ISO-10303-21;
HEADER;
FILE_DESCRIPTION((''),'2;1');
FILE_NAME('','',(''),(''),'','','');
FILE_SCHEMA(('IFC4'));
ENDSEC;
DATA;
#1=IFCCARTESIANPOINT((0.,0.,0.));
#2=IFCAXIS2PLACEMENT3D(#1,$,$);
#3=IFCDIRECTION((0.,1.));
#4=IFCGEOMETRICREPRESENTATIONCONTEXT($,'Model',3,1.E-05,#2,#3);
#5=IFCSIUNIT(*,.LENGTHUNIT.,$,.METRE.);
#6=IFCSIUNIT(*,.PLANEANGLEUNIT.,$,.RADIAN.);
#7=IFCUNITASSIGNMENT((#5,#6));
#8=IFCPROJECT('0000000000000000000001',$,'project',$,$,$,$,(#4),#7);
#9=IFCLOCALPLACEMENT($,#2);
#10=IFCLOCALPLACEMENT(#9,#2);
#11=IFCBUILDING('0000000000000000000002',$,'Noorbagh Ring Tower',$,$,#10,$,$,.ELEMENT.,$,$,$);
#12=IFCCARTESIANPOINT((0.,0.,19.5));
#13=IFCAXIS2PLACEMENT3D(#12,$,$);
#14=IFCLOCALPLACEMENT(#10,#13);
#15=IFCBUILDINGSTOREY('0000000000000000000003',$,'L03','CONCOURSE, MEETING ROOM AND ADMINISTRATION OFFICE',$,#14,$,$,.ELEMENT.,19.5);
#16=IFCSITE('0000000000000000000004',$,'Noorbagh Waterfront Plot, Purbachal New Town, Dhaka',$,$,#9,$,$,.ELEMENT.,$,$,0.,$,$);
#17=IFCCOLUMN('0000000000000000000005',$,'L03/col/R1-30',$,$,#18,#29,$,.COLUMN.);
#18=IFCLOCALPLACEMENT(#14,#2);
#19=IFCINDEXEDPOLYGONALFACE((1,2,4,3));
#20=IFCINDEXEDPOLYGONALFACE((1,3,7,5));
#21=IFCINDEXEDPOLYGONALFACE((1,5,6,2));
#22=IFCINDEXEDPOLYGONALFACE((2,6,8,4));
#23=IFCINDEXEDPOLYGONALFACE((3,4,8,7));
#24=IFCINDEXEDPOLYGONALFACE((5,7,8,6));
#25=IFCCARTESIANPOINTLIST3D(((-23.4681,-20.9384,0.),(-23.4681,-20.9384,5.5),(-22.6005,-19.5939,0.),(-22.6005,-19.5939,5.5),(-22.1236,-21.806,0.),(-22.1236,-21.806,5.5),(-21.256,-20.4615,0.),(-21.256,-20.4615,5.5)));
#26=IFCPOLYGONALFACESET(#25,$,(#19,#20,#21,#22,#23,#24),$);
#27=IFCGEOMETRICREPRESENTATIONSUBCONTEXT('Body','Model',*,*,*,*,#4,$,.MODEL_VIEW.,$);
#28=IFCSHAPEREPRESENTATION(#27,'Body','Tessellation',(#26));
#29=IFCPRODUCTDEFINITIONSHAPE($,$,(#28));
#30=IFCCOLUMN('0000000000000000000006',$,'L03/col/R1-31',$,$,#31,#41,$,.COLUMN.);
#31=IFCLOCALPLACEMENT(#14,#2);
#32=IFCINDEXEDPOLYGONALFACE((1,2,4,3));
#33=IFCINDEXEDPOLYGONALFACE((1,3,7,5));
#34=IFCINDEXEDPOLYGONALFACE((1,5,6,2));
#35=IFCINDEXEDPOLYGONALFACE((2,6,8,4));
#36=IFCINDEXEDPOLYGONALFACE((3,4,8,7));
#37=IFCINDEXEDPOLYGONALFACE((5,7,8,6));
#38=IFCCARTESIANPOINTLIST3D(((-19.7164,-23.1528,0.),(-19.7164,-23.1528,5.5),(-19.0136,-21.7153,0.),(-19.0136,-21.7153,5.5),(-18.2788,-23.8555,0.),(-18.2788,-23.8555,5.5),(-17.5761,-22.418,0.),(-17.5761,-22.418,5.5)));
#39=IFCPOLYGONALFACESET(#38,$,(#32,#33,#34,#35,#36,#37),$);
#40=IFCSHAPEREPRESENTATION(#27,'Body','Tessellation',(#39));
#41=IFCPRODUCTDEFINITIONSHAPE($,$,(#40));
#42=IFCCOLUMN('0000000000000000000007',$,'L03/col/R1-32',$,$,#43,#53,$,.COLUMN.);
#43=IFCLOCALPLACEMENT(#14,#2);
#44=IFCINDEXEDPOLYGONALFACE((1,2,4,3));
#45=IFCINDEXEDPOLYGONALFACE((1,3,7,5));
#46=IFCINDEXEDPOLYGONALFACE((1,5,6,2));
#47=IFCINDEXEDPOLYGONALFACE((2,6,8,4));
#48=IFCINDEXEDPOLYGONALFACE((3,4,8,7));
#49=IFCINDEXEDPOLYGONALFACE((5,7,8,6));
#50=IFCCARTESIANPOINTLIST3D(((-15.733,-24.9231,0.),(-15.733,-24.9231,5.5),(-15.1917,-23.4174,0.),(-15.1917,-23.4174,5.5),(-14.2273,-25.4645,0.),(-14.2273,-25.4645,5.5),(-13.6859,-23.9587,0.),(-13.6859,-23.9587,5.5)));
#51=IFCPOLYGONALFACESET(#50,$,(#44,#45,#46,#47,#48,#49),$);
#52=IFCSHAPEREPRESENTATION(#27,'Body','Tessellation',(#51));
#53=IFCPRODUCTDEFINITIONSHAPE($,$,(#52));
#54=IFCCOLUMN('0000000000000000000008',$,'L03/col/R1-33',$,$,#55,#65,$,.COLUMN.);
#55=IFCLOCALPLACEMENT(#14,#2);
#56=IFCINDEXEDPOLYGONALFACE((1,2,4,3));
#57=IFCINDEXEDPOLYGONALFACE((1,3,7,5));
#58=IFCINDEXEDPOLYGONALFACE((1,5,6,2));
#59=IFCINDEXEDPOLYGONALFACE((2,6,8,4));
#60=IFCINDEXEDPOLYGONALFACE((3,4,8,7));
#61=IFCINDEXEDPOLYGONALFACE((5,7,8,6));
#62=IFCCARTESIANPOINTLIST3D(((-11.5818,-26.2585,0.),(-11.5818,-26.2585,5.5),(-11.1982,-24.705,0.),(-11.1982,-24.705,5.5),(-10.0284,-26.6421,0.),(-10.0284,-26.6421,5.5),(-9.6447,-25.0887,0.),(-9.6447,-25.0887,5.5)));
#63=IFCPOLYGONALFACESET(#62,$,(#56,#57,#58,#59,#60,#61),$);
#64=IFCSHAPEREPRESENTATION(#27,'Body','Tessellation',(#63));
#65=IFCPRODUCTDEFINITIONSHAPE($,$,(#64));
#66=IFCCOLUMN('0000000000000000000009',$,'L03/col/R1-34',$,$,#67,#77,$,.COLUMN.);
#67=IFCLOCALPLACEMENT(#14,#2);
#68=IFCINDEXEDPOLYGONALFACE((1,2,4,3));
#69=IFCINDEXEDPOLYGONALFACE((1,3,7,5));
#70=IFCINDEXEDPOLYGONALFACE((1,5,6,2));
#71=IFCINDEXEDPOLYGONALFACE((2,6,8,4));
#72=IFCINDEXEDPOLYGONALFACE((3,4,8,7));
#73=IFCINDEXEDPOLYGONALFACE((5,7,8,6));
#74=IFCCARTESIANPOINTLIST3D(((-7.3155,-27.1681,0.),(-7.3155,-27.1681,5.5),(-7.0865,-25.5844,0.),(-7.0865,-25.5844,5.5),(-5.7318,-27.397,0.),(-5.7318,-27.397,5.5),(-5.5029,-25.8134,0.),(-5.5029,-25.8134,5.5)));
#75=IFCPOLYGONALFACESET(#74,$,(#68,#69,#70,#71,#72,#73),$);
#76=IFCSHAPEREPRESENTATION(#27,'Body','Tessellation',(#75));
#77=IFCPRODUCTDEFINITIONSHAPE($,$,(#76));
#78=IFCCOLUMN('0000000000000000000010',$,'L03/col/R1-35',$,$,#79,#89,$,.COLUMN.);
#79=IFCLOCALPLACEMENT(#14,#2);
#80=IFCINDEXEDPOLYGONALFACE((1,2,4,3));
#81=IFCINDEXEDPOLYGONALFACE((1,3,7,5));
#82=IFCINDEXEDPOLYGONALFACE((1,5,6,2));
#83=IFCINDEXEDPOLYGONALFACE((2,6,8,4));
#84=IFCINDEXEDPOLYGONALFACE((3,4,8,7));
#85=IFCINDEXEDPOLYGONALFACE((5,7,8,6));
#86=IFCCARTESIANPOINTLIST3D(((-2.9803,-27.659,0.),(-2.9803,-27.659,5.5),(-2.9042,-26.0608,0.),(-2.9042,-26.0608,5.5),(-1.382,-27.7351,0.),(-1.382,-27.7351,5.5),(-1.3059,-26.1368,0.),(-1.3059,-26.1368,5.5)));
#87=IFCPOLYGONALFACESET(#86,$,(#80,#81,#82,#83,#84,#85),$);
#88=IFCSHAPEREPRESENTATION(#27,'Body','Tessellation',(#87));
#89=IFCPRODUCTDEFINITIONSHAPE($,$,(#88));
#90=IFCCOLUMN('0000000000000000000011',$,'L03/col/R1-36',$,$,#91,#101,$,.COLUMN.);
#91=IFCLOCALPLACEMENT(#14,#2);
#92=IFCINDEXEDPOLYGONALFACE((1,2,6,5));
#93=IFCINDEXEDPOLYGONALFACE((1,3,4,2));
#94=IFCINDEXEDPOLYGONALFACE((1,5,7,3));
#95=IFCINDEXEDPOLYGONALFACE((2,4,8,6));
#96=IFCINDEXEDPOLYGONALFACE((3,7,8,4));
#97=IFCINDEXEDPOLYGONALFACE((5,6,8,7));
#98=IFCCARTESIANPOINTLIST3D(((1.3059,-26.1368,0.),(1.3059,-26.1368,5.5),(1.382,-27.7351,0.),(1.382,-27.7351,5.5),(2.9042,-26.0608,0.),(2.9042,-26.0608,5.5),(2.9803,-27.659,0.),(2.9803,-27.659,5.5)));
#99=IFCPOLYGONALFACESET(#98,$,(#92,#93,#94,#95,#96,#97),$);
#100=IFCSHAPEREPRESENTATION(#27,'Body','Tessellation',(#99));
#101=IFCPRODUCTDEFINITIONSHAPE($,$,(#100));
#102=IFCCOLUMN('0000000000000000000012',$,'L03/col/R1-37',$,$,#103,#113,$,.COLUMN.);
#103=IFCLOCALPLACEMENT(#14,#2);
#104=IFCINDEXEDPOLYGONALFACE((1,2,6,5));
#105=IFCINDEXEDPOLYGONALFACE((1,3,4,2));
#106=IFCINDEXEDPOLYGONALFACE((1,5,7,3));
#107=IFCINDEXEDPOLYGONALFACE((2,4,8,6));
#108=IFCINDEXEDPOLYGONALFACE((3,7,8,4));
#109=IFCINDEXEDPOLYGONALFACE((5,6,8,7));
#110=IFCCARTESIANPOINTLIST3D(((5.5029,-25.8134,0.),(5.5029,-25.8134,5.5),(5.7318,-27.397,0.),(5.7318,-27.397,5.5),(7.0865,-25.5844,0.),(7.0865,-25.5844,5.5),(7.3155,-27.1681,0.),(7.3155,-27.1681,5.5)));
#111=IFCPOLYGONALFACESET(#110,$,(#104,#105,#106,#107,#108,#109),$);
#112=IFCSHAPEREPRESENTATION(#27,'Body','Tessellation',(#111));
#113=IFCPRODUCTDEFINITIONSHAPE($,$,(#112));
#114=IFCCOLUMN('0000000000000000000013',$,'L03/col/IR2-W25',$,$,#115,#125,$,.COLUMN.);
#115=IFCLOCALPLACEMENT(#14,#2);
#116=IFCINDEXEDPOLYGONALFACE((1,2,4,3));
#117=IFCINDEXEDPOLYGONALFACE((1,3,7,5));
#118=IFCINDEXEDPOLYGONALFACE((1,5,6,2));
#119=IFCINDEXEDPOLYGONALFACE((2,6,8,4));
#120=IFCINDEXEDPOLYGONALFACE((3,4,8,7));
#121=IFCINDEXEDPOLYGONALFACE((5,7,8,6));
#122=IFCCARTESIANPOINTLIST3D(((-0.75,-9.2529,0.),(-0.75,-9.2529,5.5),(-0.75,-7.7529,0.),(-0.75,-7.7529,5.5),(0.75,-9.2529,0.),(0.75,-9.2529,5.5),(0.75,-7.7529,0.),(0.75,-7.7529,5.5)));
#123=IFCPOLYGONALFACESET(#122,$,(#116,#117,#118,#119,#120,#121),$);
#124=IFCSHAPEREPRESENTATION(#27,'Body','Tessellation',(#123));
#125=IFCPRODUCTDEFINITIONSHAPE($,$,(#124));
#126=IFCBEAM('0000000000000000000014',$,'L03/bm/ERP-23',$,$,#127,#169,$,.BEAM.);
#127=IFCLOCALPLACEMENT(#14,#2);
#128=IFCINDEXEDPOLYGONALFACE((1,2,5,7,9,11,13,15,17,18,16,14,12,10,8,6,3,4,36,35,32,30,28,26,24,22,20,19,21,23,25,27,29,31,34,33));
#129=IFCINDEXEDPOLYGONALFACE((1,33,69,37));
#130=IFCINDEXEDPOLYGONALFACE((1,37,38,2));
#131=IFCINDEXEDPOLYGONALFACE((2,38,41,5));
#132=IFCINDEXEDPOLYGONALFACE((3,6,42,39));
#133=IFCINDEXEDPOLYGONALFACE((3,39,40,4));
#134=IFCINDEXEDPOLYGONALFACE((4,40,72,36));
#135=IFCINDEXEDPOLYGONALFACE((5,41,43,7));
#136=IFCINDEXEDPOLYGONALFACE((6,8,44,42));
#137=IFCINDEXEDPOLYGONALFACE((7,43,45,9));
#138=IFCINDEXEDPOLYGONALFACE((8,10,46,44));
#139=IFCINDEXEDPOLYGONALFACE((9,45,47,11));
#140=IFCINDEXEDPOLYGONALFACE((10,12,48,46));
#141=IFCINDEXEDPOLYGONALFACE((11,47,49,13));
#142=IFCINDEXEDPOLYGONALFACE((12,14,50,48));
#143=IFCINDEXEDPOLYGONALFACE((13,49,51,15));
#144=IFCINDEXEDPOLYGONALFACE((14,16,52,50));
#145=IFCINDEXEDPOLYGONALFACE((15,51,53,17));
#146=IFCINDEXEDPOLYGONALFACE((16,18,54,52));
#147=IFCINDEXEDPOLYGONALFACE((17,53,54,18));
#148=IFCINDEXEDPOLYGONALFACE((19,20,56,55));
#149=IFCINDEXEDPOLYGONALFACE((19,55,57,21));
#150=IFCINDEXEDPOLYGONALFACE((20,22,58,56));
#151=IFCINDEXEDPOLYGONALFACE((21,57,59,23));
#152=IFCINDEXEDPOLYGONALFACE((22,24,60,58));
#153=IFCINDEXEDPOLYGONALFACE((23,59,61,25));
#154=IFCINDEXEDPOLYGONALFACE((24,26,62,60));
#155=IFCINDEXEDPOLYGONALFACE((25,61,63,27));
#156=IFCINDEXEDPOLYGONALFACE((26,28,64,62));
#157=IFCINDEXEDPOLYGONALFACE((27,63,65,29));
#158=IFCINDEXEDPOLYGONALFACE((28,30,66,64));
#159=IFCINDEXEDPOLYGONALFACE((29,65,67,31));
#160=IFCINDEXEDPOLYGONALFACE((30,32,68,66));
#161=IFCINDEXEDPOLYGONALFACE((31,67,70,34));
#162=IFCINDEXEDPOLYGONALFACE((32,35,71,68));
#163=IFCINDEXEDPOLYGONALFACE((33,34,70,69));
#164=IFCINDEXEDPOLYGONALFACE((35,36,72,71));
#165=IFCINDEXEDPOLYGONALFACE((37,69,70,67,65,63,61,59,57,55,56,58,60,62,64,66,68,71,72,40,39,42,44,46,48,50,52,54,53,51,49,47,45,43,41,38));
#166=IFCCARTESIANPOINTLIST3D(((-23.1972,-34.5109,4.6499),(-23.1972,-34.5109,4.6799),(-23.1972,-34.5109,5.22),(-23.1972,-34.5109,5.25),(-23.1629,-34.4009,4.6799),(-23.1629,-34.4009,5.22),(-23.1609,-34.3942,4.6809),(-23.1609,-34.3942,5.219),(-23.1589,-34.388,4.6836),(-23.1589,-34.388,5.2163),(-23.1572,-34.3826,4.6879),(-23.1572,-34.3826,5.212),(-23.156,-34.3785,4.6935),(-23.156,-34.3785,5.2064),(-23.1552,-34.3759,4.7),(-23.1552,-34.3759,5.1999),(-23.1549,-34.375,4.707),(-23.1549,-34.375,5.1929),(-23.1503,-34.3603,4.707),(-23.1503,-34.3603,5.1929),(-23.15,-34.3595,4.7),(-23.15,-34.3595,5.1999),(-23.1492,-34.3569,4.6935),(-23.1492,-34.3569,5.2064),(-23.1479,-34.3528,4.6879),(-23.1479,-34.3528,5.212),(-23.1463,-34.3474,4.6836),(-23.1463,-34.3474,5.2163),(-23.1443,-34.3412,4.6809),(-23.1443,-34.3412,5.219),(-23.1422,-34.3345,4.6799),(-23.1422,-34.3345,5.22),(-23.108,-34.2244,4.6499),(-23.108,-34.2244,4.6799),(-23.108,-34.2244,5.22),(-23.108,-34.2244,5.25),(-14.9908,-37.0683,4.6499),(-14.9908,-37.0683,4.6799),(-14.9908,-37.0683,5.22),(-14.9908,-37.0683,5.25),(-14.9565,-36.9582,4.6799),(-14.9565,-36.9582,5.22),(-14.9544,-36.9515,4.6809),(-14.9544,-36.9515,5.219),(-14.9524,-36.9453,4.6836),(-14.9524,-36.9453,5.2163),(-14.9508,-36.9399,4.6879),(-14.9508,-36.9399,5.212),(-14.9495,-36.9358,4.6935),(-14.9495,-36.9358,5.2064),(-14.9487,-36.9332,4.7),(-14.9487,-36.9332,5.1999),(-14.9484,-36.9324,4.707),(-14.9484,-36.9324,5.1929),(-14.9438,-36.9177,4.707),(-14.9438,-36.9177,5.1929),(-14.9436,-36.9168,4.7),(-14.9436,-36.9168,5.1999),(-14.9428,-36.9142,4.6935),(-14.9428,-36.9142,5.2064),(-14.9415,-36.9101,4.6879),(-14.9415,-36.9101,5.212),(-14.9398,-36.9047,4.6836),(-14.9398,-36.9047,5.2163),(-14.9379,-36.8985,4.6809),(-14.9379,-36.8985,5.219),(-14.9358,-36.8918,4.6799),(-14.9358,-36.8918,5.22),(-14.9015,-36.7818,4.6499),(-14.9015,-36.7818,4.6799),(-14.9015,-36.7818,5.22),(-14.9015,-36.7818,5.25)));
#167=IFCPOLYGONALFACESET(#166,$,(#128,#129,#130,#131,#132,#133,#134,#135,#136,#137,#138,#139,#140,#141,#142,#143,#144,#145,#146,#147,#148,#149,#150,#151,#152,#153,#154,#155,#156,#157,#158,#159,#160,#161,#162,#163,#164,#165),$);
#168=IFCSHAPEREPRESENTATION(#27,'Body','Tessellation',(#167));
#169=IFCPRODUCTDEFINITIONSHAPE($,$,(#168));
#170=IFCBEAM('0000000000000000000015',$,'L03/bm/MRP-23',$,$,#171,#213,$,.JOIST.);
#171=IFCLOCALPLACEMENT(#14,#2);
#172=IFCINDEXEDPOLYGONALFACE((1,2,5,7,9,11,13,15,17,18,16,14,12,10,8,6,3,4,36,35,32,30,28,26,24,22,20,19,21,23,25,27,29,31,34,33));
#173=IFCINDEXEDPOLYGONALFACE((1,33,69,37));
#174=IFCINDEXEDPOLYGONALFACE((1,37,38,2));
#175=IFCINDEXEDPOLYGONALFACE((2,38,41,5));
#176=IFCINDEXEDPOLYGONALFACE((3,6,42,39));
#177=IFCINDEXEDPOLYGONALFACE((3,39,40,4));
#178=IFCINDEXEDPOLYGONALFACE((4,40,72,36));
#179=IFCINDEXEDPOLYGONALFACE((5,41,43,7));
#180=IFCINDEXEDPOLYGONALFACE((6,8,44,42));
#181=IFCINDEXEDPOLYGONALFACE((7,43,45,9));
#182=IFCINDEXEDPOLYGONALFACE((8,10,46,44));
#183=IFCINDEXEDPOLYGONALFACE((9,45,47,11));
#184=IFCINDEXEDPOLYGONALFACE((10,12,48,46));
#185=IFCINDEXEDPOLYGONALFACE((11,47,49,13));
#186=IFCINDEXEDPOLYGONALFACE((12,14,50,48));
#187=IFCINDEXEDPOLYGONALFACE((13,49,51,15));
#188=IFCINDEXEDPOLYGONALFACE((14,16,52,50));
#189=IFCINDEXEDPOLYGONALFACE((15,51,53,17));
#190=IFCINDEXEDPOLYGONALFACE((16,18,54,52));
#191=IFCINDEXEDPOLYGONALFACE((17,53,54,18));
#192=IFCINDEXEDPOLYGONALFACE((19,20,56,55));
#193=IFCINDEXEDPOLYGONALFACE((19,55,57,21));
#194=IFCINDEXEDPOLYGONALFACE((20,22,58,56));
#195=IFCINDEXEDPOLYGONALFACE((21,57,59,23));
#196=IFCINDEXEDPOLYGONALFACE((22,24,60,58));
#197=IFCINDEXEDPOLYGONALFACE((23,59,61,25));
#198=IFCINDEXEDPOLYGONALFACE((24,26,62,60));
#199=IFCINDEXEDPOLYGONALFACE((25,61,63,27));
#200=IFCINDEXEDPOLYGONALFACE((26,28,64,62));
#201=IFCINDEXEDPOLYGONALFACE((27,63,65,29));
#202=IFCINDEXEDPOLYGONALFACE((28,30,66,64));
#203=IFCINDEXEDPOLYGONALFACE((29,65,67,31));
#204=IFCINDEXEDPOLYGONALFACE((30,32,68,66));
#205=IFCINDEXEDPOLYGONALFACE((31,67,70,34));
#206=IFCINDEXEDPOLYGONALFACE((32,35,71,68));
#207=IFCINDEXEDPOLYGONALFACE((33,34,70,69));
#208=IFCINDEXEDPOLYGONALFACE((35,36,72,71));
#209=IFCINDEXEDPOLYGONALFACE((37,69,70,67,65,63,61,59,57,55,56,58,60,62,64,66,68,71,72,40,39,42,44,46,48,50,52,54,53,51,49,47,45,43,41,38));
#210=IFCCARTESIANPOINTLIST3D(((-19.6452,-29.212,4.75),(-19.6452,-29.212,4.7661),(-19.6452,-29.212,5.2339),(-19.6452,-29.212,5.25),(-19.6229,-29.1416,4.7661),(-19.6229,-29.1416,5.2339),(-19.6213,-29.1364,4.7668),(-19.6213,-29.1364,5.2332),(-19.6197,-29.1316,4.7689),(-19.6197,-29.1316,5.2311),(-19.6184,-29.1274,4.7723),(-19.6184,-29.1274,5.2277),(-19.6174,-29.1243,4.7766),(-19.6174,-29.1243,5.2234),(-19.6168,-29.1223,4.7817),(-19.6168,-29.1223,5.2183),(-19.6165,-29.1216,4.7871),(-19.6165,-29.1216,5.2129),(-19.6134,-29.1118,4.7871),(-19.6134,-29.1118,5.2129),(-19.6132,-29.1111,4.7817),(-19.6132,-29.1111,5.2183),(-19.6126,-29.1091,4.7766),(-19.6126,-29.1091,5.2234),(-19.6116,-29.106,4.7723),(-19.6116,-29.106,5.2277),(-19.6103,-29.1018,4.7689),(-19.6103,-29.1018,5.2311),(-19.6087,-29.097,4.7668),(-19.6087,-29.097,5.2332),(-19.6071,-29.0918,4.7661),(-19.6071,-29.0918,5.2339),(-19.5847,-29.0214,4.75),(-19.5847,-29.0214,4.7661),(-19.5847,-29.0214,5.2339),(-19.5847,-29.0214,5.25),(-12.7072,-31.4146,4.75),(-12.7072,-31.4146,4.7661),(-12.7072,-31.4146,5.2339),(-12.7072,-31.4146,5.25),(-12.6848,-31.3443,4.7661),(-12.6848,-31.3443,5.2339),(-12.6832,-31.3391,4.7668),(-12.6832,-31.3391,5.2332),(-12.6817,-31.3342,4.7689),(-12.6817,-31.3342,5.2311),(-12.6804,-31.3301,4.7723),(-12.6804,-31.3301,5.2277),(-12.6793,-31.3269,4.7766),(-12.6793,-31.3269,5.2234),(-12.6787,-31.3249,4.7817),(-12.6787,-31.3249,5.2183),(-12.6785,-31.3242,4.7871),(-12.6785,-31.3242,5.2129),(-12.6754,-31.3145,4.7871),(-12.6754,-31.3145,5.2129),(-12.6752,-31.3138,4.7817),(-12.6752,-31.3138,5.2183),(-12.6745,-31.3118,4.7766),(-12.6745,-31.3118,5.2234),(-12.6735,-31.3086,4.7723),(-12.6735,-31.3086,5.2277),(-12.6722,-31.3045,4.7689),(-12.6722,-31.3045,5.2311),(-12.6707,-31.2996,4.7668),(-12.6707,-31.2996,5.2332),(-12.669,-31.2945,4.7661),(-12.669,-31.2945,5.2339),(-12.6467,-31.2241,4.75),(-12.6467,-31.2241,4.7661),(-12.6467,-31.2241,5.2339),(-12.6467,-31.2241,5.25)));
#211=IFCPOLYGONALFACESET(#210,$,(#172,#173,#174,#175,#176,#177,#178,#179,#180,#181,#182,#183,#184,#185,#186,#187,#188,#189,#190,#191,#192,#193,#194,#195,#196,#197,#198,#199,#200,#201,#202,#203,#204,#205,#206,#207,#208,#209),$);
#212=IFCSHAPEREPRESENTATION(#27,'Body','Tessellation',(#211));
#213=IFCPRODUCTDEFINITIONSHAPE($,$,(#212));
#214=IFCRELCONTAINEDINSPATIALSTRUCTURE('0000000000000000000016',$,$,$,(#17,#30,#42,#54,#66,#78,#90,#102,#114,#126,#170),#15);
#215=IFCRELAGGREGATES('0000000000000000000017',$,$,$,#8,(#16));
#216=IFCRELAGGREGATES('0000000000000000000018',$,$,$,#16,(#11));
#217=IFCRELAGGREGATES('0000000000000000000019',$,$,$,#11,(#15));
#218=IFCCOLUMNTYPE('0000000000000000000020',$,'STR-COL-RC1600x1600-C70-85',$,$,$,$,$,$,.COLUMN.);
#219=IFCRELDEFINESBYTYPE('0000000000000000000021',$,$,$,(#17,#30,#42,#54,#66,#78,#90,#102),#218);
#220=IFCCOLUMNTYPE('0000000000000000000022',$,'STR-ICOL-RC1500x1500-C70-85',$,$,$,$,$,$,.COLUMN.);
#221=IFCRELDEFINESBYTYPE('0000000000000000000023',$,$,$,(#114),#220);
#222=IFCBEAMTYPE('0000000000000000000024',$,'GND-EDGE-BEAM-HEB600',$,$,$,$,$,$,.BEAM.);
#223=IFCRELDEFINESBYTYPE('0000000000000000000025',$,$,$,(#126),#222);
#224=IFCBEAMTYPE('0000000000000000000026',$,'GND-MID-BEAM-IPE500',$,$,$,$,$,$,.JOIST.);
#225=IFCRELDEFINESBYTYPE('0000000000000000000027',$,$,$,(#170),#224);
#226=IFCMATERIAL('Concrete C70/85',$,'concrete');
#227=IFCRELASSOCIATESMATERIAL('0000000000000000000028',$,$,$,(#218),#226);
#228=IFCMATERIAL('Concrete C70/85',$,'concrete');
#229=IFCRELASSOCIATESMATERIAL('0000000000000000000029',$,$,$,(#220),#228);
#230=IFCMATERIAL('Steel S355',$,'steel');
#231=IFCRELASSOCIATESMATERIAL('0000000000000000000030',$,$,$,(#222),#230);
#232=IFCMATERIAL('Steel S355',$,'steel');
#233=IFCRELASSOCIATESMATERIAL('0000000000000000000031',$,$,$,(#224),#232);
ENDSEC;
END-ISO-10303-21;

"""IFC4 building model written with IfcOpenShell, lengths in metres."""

from ifc_helpers import new_model, si_unit, direction, frame, origin, origin_2d, place, context, subcontext, project, spatial, rectangle, i_section, extrude, material, material_profile, profile_set, type_object, element, save


model = new_model("IFC4")

# Units and contexts
model_context = context("Model", 3, precision=1e-05, world=origin(), true_north=direction((0.0, 1.0)))
body_context = subcontext(model_context, "Body", "Model", "MODEL_VIEW")
ifc_project = project(units=[si_unit("LENGTHUNIT", "METRE"), si_unit("PLANEANGLEUNIT", "RADIAN")], contexts=[model_context])

# Site, building, storey
site_placement = place(None, origin())
site = spatial("IfcSite", under=ifc_project, at=site_placement, Name="Noorbagh Waterfront Plot, Purbachal New Town, Dhaka", CompositionType="ELEMENT", RefElevation=0.0)
building_placement = place(site_placement, origin())
building = spatial("IfcBuilding", under=site, at=building_placement, Name="Noorbagh Ring Tower", CompositionType="ELEMENT")
storey_placement = place(building_placement, frame((0.0, 0.0, 19.5)))
storey = spatial("IfcBuildingStorey", under=building, at=storey_placement, Name="L03", Description="CONCOURSE, MEETING ROOM AND ADMINISTRATION OFFICE", CompositionType="ELEMENT", Elevation=19.5)

# Columns
ifc_material_1 = material(Name="Concrete C70/85", Category="concrete")
ifc_material_profile_1 = material_profile(ifc_material_1, rectangle(XDim=1.6001, YDim=1.6001, at=origin_2d()), Name="RC1600x1600")
ifc_profile_set_1 = profile_set([ifc_material_profile_1], Name="Concrete C70/85")
column_type_1 = type_object("IfcColumnType", Name="STR-COL-RC1600x1600-C70-85", PredefinedType="COLUMN", material=ifc_profile_set_1)
for number, where, z_axis, x_axis, name in (
    (1, (-22.3621, -20.7, 0.0), (0.0, 0.0, 1.0), (0.840248, -0.542203, 0.0), "L03/col/R1-30"),
    (2, (-18.6462, -22.7854, 0.0), (0.0, 0.0, 1.0), (0.898399, -0.43918, 0.0), "L03/col/R1-31"),
    (3, (-14.7095, -24.4409, 0.0), (0.0, 0.0, 1.0), (0.941025, -0.338338, 0.0), "L03/col/R1-32"),
    (4, (-10.6133, -25.6736, 0.0), (0.0, 0.0, 1.0), (0.970829, -0.239771, 0.0), "L03/col/R1-33"),
    (5, (-6.4092, -26.4907, 0.0), (0.0, 0.0, 1.0), (0.989713, -0.143066, 0.0), "L03/col/R1-34"),
    (6, (-2.1431, -26.8979, 0.0), (0.0, 0.0, 1.0), (0.998869, -0.047553, 0.0), "L03/col/R1-35"),
    (7, (2.1431, -26.8979, 0.0), (0.0, 0.0, 1.0), (0.998869, 0.047553, 0.0), "L03/col/R1-36"),
    (8, (6.4092, -26.4907, 0.0), (0.0, 0.0, 1.0), (0.989713, 0.143066, 0.0), "L03/col/R1-37"),
):
    element("IfcColumn", number, at=place(storey_placement, frame(where, z_axis=z_axis, x_axis=x_axis)), inside=storey, type_object=column_type_1, Name=name, PredefinedType="COLUMN", context=body_context, shape_type="SweptSolid", body=[
        extrude(rectangle(XDim=1.6001, YDim=1.6001, at=origin_2d()), origin(), (0.0, 0.0, 1.0), 5.5),
    ])
ifc_material_2 = material(Name="Concrete C70/85", Category="concrete")
ifc_material_profile_2 = material_profile(ifc_material_2, rectangle(XDim=1.5, YDim=1.5, at=origin_2d()), Name="RC1500x1500")
ifc_profile_set_2 = profile_set([ifc_material_profile_2], Name="Concrete C70/85")
column_type_2 = type_object("IfcColumnType", Name="STR-ICOL-RC1500x1500-C70-85", PredefinedType="COLUMN", material=ifc_profile_set_2)
column_placement = place(storey_placement, frame((0.0, -8.5029, 0.0), z_axis=(0.0, 0.0, 1.0), x_axis=(1.0, 0.0, 0.0)))
element("IfcColumn", 9, at=column_placement, inside=storey, type_object=column_type_2, Name="L03/col/IR2-W25", PredefinedType="COLUMN", context=body_context, shape_type="SweptSolid", body=[
    extrude(rectangle(XDim=1.5, YDim=1.5, at=origin_2d()), origin(), (0.0, 0.0, 1.0), 5.5),
])

# Beams
ifc_material_3 = material(Name="Steel S355", Category="steel")
ifc_material_profile_3 = material_profile(ifc_material_3, i_section(OverallWidth=0.3, OverallDepth=0.6001, WebThickness=0.0154, FlangeThickness=0.03, FilletRadius=0.0271, at=origin_2d()), Name="HEB600")
ifc_profile_set_3 = profile_set([ifc_material_profile_3], Name="Steel S355")
beam_type_1 = type_object("IfcBeamType", Name="GND-EDGE-BEAM-HEB600", PredefinedType="BEAM", material=ifc_profile_set_3)
beam_1_placement = place(storey_placement, frame((-23.1526, -34.3677, 4.95), z_axis=(0.954717, -0.297515, 0.0), x_axis=(0.297515, 0.954717, 0.0)))
element("IfcBeam", 10, at=beam_1_placement, inside=storey, type_object=beam_type_1, Name="L03/bm/ERP-23", PredefinedType="BEAM", context=body_context, shape_type="SweptSolid", body=[
    extrude(i_section(OverallWidth=0.3, OverallDepth=0.6001, WebThickness=0.0154, FlangeThickness=0.03, FilletRadius=0.0271, at=origin_2d()), origin(), (0.0, 0.0, 1.0), 8.5957),
])
ifc_material_4 = material(Name="Steel S355", Category="steel")
ifc_material_profile_4 = material_profile(ifc_material_4, i_section(OverallWidth=0.2, OverallDepth=0.5, WebThickness=0.0103, FlangeThickness=0.0161, FilletRadius=0.021, at=origin_2d()), Name="IPE500")
ifc_profile_set_4 = profile_set([ifc_material_profile_4], Name="Steel S355")
beam_type_2 = type_object("IfcBeamType", Name="GND-MID-BEAM-IPE500", PredefinedType="JOIST", material=ifc_profile_set_4)
beam_2_placement = place(storey_placement, frame((-19.615, -29.1167, 5.0), z_axis=(0.95312, -0.302592, 0.0), x_axis=(0.302592, 0.95312, 0.0)))
element("IfcBeam", 11, at=beam_2_placement, inside=storey, type_object=beam_type_2, Name="L03/bm/MRP-23", PredefinedType="JOIST", context=body_context, shape_type="SweptSolid", body=[
    extrude(i_section(OverallWidth=0.2, OverallDepth=0.5, WebThickness=0.0103, FlangeThickness=0.0161, FilletRadius=0.021, at=origin_2d()), origin(), (0.0, 0.0, 1.0), 7.2793),
])

save(model, "model.ifc")
